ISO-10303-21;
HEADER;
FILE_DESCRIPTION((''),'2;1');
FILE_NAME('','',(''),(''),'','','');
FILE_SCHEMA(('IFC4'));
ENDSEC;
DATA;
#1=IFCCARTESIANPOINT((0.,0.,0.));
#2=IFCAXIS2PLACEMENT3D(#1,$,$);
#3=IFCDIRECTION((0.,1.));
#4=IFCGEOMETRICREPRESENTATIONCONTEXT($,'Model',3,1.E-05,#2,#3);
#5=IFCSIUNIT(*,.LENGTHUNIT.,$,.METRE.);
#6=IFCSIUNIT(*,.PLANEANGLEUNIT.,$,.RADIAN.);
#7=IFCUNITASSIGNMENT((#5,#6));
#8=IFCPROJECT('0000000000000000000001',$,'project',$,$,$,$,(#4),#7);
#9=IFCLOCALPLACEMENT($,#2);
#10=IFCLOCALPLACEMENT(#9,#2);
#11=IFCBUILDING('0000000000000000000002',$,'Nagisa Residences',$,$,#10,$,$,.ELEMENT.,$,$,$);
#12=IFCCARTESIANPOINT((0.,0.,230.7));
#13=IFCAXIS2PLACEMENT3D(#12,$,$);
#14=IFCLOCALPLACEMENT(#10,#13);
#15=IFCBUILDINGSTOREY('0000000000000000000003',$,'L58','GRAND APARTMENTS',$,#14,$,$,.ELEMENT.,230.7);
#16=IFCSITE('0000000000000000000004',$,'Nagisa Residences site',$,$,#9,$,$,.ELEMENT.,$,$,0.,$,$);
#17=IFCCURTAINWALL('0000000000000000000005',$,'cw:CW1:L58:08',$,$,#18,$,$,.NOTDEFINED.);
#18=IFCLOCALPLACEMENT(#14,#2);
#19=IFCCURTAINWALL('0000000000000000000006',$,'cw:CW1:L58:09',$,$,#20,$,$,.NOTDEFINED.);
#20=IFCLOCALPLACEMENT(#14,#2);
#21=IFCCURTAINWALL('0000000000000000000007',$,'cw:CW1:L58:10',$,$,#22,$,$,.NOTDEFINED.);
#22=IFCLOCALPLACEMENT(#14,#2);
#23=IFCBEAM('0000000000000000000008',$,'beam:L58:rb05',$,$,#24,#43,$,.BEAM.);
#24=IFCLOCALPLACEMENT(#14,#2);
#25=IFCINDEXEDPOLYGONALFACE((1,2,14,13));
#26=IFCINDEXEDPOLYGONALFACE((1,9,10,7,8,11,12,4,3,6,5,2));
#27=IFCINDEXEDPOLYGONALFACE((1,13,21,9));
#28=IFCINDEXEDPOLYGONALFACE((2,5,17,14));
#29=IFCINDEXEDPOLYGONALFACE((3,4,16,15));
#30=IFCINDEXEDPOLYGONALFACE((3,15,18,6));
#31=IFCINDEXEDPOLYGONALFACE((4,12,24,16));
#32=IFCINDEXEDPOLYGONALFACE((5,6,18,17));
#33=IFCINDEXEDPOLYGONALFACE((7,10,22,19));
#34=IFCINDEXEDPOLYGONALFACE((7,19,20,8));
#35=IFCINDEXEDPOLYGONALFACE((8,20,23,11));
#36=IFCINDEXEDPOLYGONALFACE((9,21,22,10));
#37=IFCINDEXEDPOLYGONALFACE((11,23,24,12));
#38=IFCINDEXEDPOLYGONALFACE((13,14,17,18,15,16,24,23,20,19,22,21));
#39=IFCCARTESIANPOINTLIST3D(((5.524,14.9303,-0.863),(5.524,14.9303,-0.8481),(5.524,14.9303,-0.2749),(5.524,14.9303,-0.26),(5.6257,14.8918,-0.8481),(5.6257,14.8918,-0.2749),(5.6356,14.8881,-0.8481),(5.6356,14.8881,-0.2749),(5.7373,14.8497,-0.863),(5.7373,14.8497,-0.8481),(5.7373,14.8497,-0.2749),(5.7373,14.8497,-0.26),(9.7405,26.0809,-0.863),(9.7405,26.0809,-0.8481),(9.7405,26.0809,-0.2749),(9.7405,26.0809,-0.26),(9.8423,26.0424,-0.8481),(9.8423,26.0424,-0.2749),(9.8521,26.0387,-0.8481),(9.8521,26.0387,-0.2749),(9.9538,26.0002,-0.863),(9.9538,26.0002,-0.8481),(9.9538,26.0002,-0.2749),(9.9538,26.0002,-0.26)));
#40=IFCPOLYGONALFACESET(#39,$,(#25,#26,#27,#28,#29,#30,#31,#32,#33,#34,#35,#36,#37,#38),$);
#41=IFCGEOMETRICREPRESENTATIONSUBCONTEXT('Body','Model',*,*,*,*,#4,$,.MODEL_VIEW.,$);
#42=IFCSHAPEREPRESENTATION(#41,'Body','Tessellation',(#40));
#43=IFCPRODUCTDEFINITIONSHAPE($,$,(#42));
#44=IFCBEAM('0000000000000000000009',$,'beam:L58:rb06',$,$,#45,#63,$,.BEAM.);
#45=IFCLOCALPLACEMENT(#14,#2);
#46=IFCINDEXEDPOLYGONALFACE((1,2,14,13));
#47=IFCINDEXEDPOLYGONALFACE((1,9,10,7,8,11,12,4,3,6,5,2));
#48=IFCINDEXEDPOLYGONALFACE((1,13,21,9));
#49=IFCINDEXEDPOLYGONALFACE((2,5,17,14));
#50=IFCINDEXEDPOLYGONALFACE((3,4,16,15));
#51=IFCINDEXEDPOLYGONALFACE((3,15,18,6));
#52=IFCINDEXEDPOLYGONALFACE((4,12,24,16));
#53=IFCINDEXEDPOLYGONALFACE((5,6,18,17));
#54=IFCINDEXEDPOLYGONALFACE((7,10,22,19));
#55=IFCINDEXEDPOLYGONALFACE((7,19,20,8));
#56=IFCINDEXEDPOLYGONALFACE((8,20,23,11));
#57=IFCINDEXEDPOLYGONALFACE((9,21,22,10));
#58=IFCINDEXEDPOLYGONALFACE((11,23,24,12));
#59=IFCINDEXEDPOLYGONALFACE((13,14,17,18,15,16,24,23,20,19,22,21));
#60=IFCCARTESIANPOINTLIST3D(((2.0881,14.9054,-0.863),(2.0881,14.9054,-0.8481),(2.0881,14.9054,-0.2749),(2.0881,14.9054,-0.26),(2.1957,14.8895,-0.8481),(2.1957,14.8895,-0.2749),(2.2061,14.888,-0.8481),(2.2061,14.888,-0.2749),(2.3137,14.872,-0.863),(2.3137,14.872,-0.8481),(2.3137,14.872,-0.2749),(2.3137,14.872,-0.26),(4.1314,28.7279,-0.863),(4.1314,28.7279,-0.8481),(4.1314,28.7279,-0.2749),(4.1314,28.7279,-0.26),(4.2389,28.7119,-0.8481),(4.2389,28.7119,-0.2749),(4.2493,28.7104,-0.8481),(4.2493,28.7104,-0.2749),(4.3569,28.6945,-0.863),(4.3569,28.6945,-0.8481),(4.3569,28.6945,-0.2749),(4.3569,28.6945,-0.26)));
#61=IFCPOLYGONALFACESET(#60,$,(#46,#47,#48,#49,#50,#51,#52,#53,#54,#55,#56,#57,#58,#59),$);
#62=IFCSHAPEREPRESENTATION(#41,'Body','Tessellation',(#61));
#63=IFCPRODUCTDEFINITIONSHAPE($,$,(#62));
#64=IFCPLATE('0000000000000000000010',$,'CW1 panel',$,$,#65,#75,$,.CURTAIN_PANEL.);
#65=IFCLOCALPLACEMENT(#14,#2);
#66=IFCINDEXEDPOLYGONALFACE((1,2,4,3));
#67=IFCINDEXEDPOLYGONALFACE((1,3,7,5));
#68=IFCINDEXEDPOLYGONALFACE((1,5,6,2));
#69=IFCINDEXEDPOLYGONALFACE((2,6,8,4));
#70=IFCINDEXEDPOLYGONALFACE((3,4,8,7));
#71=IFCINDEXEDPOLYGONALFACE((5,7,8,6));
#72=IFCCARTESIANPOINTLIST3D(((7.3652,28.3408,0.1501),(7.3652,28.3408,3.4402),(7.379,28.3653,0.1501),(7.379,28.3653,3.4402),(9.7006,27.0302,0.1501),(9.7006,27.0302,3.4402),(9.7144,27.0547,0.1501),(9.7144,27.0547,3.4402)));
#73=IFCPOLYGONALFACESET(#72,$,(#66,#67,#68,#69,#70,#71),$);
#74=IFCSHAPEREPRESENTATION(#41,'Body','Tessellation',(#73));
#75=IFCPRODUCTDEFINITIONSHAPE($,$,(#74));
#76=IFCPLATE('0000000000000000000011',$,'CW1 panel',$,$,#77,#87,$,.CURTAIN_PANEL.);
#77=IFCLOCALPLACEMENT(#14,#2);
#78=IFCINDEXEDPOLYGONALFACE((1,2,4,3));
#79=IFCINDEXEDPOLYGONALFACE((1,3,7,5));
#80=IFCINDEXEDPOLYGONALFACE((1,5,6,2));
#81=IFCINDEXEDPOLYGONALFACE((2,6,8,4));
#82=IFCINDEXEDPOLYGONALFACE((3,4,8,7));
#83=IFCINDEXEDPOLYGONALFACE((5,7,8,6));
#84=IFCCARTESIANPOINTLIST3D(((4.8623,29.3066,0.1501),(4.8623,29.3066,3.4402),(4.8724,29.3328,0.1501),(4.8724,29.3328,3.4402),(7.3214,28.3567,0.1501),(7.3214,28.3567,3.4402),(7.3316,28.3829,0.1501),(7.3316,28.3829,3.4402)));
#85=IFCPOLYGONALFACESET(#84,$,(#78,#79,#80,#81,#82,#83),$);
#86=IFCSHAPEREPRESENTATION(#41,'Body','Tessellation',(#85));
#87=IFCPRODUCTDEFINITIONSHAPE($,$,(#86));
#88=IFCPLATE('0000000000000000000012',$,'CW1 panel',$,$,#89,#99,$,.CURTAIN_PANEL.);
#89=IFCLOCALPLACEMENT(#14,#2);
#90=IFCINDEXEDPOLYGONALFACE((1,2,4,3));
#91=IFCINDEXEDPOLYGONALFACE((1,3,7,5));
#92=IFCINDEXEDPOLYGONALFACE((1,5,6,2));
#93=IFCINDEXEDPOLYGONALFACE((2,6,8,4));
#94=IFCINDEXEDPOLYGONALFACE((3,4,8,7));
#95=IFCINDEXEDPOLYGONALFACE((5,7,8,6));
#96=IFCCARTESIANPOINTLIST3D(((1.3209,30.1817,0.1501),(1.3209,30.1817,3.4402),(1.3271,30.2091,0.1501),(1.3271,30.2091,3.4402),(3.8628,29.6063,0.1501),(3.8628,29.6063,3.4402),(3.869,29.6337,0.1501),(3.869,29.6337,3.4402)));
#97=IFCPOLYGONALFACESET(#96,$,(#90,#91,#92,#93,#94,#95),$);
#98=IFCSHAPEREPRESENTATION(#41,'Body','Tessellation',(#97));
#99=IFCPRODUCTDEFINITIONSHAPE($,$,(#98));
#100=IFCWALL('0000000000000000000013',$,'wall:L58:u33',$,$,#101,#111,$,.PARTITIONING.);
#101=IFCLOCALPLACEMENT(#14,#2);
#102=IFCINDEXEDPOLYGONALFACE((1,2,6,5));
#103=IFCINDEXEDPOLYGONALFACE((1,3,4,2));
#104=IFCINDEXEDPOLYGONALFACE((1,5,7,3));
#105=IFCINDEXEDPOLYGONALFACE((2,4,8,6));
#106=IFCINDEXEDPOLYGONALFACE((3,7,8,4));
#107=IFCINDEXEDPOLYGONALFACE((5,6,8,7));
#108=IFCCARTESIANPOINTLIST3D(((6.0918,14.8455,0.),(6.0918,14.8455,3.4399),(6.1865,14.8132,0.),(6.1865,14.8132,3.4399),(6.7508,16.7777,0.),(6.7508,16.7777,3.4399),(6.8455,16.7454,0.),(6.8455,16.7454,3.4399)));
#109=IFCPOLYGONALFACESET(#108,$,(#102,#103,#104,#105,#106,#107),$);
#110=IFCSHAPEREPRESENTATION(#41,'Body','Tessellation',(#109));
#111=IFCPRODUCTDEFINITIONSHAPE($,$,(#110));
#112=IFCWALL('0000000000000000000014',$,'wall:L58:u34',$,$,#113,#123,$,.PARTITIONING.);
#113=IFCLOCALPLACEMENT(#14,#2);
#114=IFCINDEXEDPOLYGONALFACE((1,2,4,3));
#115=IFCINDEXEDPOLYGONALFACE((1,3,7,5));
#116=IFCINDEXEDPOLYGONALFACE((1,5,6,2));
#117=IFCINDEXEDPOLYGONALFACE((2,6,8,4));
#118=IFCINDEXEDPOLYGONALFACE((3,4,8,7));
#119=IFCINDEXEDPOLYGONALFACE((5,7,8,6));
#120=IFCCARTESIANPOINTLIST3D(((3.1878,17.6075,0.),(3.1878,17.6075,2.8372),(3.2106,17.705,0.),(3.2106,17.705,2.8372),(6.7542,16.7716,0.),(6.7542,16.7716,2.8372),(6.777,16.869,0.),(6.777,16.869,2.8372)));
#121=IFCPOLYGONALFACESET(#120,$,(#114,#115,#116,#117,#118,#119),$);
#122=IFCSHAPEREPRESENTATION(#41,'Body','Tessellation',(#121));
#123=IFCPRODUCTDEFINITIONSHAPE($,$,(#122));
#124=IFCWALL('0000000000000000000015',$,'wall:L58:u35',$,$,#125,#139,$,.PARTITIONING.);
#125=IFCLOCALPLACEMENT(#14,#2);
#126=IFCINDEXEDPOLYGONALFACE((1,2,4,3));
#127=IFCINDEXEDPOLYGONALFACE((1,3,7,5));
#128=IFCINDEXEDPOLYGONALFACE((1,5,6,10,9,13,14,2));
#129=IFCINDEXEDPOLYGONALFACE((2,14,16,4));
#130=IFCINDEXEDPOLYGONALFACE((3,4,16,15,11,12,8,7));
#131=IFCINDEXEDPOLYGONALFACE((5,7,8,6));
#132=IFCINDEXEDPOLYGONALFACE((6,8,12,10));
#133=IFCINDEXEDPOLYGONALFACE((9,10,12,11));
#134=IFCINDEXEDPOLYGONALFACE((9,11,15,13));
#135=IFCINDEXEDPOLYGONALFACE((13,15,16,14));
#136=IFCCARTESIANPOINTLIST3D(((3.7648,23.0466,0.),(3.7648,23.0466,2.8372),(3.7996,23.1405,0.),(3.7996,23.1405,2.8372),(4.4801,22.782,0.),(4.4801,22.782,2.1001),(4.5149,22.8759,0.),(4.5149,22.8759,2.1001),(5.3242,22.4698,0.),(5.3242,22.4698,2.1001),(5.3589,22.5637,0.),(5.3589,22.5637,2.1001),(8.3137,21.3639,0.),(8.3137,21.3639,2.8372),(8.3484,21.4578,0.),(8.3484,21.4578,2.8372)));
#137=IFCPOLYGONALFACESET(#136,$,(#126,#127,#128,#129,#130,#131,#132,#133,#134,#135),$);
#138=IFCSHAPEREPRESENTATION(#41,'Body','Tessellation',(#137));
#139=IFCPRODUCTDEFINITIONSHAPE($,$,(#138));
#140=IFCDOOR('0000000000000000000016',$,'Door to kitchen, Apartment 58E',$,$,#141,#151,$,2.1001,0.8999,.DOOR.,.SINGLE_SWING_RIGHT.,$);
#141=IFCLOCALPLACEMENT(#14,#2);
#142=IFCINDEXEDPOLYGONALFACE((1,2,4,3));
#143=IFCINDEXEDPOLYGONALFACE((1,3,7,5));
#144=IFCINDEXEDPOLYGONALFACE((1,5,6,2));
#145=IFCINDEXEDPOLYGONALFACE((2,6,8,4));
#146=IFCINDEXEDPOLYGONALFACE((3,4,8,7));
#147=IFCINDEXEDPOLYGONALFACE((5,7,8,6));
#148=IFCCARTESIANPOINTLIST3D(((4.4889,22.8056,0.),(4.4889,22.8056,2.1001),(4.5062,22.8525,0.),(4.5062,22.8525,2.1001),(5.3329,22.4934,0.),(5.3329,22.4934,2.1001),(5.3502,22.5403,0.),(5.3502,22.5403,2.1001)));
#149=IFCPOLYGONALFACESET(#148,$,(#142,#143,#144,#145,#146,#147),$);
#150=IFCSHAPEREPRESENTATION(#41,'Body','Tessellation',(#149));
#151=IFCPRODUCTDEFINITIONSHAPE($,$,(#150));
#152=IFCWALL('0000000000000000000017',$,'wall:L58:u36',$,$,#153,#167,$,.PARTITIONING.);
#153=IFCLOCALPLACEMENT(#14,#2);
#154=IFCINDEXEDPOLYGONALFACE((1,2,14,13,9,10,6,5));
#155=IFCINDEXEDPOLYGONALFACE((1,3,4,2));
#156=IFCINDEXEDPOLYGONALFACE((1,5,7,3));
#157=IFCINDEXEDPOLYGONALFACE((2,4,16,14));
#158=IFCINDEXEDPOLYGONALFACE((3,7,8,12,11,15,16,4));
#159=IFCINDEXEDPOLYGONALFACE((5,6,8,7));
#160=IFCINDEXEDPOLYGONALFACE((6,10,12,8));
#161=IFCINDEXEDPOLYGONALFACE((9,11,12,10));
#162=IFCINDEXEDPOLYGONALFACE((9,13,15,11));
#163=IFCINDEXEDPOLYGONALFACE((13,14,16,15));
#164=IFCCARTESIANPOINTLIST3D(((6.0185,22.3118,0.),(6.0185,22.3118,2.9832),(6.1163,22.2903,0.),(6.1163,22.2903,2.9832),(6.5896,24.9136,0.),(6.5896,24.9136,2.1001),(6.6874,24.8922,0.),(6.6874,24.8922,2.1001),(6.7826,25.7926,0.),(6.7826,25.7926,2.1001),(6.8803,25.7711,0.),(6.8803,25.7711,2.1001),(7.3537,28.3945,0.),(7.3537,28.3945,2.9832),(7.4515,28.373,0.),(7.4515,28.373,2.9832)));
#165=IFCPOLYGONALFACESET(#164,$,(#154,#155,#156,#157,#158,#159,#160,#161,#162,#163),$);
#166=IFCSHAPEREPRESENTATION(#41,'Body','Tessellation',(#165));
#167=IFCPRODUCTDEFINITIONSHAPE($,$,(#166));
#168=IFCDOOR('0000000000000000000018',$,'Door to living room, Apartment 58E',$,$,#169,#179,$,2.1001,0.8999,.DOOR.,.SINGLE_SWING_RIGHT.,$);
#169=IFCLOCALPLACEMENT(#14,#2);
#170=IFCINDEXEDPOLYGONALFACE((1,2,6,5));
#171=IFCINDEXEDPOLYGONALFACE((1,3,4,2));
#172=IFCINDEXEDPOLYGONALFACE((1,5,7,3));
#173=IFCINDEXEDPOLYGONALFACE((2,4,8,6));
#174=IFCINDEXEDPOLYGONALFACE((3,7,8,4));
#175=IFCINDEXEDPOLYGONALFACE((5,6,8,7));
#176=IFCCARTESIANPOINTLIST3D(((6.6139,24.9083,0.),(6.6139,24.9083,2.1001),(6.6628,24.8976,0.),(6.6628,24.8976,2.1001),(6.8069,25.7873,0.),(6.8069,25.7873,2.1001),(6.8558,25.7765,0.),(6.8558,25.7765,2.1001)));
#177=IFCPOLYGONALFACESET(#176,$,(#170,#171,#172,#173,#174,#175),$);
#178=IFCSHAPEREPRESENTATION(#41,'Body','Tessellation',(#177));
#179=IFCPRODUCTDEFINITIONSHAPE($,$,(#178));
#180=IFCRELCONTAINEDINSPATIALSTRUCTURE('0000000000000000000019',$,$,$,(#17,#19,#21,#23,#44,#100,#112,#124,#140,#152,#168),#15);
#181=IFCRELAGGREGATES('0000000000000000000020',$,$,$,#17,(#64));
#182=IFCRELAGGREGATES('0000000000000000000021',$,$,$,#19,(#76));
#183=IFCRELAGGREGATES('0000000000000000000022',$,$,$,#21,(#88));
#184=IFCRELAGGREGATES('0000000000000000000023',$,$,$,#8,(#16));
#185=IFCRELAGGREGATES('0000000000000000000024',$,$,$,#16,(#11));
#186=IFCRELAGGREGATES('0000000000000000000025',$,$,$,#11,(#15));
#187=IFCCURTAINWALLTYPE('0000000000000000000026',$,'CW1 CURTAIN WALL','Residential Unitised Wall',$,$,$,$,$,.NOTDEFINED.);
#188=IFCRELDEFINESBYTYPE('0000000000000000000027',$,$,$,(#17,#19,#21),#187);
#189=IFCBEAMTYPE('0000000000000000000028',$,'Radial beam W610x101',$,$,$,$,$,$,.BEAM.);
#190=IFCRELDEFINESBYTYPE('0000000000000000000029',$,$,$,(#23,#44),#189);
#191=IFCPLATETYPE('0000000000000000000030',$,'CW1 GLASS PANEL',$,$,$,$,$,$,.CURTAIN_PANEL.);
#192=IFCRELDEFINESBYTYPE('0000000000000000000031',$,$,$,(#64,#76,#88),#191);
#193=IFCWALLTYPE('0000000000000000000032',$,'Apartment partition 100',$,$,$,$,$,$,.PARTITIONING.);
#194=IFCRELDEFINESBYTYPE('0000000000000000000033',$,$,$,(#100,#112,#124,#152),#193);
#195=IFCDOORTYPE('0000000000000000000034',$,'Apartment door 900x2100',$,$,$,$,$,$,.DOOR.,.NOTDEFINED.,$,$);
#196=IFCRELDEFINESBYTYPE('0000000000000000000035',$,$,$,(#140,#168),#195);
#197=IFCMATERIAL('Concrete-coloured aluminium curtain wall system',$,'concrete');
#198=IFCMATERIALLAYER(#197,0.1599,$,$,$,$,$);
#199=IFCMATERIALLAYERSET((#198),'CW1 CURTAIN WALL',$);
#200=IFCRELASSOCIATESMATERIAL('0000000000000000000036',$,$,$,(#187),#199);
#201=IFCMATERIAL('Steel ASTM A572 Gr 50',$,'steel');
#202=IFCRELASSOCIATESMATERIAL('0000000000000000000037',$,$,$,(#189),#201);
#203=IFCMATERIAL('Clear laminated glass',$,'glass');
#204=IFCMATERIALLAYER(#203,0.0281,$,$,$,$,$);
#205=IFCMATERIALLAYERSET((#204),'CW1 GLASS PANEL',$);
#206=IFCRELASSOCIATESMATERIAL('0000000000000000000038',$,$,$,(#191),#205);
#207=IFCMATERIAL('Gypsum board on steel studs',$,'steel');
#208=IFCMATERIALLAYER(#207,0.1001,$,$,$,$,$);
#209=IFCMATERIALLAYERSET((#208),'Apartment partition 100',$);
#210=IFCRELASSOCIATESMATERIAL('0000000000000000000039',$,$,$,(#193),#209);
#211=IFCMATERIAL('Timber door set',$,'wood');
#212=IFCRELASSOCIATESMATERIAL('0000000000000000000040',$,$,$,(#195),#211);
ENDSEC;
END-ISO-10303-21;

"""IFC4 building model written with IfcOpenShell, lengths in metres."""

from ifc_helpers import new_model, si_unit, direction, frame, frame_2d, origin, origin_2d, place, context, subcontext, project, spatial, rectangle, i_section, extrude, material, layer, layer_set, material_profile, profile_set, type_object, element, fill, aggregate, save


model = new_model("IFC4")

# Units and contexts
model_context = context("Model", 3, precision=1e-05, world=origin(), true_north=direction((0.0, 1.0)))
body_context = subcontext(model_context, "Body", "Model", "MODEL_VIEW")
ifc_project = project(units=[si_unit("LENGTHUNIT", "METRE"), si_unit("PLANEANGLEUNIT", "RADIAN")], contexts=[model_context])

# Site, building, storey
site_placement = place(None, origin())
site = spatial("IfcSite", under=ifc_project, at=site_placement, Name="Nagisa Residences site", CompositionType="ELEMENT", RefElevation=0.0)
building_placement = place(site_placement, origin())
building = spatial("IfcBuilding", under=site, at=building_placement, Name="Nagisa Residences", CompositionType="ELEMENT")
storey_placement = place(building_placement, frame((0.0, 0.0, 230.7)))
storey = spatial("IfcBuildingStorey", under=building, at=storey_placement, Name="L58", Description="GRAND APARTMENTS", CompositionType="ELEMENT", Elevation=230.7)

# Curtain walls
ifc_material_1 = material(Name="Concrete-coloured aluminium curtain wall system", Category="concrete")
ifc_layer_1 = layer(ifc_material_1, 0.1599)
ifc_layer_set_1 = layer_set([ifc_layer_1], Name="CW1 CURTAIN WALL")
curtain_wall_type = type_object("IfcCurtainWallType", Name="CW1 CURTAIN WALL", Description="Residential Unitised Wall", PredefinedType="NOTDEFINED", material=ifc_layer_set_1)
curtain_wall_1_placement = place(storey_placement, origin())
curtain_wall_1 = element("IfcCurtainWall", 1, at=curtain_wall_1_placement, inside=storey, type_object=curtain_wall_type, Name="cw:CW1:L58:08", PredefinedType="NOTDEFINED")
curtain_wall_2_placement = place(storey_placement, origin())
curtain_wall_2 = element("IfcCurtainWall", 2, at=curtain_wall_2_placement, inside=storey, type_object=curtain_wall_type, Name="cw:CW1:L58:09", PredefinedType="NOTDEFINED")
curtain_wall_3_placement = place(storey_placement, origin())
curtain_wall_3 = element("IfcCurtainWall", 3, at=curtain_wall_3_placement, inside=storey, type_object=curtain_wall_type, Name="cw:CW1:L58:10", PredefinedType="NOTDEFINED")

# Beams
ifc_material_2 = material(Name="Steel ASTM A572 Gr 50", Category="steel")
ifc_material_profile_1 = material_profile(ifc_material_2, i_section(OverallWidth=0.228, OverallDepth=0.603, WebThickness=0.0105, FlangeThickness=0.0149, at=origin_2d()), Name="W610x101")
ifc_profile_set_1 = profile_set([ifc_material_profile_1], Name="Steel ASTM A572 Gr 50")
beam_type_1 = type_object("IfcBeamType", Name="Radial beam W610x101", PredefinedType="BEAM", material=ifc_profile_set_1)
beam_1_placement = place(storey_placement, frame((9.8472, 26.0405, -0.5615), z_axis=(-0.353701, -0.935359, 0.0), x_axis=(0.935359, -0.353701, 0.0)))
element("IfcBeam", 4, at=beam_1_placement, inside=storey, type_object=beam_type_1, Name="beam:L58:rb05", PredefinedType="BEAM", context=body_context, shape_type="SweptSolid", body=[
    extrude(i_section(OverallWidth=0.228, OverallDepth=0.603, WebThickness=0.0105, FlangeThickness=0.0149, at=origin_2d()), origin(), (0.0, 0.0, 1.0), 11.9211),
])
beam_2_placement = place(storey_placement, frame((4.2441, 28.7112, -0.5615), z_axis=(-0.146229, -0.989251, 0.0), x_axis=(0.989251, -0.146229, 0.0)))
element("IfcBeam", 5, at=beam_2_placement, inside=storey, type_object=beam_type_1, Name="beam:L58:rb06", PredefinedType="BEAM", context=body_context, shape_type="SweptSolid", body=[
    extrude(i_section(OverallWidth=0.228, OverallDepth=0.603, WebThickness=0.0105, FlangeThickness=0.0149, at=origin_2d()), origin(), (0.0, 0.0, 1.0), 13.9727),
])

# Plates
ifc_material_3 = material(Name="Clear laminated glass", Category="glass")
ifc_layer_2 = layer(ifc_material_3, 0.0281)
ifc_layer_set_2 = layer_set([ifc_layer_2], Name="CW1 GLASS PANEL")
plate_type = type_object("IfcPlateType", Name="CW1 GLASS PANEL", PredefinedType="CURTAIN_PANEL", material=ifc_layer_set_2)
plate_1_placement = place(storey_placement, frame((8.5398, 27.6978, 0.1501), z_axis=(0.0, 0.0, 1.0), x_axis=(-0.872072, 0.489377, 0.0)))
plate_1 = element("IfcPlate", 6, at=plate_1_placement, type_object=plate_type, Name="CW1 panel", PredefinedType="CURTAIN_PANEL", context=body_context, shape_type="SweptSolid", body=[
    extrude(rectangle(XDim=2.678, YDim=0.0281, at=origin_2d()), origin(), (0.0, 0.0, 1.0), 3.29),
])
aggregate(curtain_wall_1, [plate_1])
plate_2_placement = place(storey_placement, frame((6.0969, 28.8447, 0.1501), z_axis=(0.0, 0.0, 1.0), x_axis=(-0.932826, 0.360328, 0.0)))
plate_2 = element("IfcPlate", 7, at=plate_2_placement, type_object=plate_type, Name="CW1 panel", PredefinedType="CURTAIN_PANEL", context=body_context, shape_type="SweptSolid", body=[
    extrude(rectangle(XDim=2.6362, YDim=0.0281, at=origin_2d()), origin(), (0.0, 0.0, 1.0), 3.29),
])
aggregate(curtain_wall_2, [plate_2])
plate_3_placement = place(storey_placement, frame((2.595, 29.9077, 0.1501), z_axis=(0.0, 0.0, 1.0), x_axis=(-0.975327, 0.220764, 0.0)))
plate_3 = element("IfcPlate", 8, at=plate_3_placement, type_object=plate_type, Name="CW1 panel", PredefinedType="CURTAIN_PANEL", context=body_context, shape_type="SweptSolid", body=[
    extrude(rectangle(XDim=2.6062, YDim=0.0281, at=origin_2d()), origin(), (0.0, 0.0, 1.0), 3.29),
])
aggregate(curtain_wall_3, [plate_3])

# Walls
ifc_material_4 = material(Name="Gypsum board on steel studs", Category="steel")
ifc_layer_3 = layer(ifc_material_4, 0.1001)
ifc_layer_set_3 = layer_set([ifc_layer_3], Name="Apartment partition 100")
wall_type = type_object("IfcWallType", Name="Apartment partition 100", PredefinedType="PARTITIONING", material=ifc_layer_set_3)
wall_1_placement = place(storey_placement, frame((6.1392, 14.8293, 0.0), z_axis=(0.0, 0.0, 1.0), x_axis=(0.322786, 0.946472, 0.0)))
element("IfcWall", 9, at=wall_1_placement, inside=storey, type_object=wall_type, Name="wall:L58:u33", PredefinedType="PARTITIONING", context=body_context, shape_type="SweptSolid", body=[
    extrude(rectangle(XDim=2.0415, YDim=0.1001, at=frame_2d((1.0208, 0.0))), origin(), (0.0, 0.0, 1.0), 3.4399),
])
wall_2_placement = place(storey_placement, frame((6.7656, 16.8203, 0.0), z_axis=(0.0, 0.0, 1.0), x_axis=(-0.973613, 0.228207, 0.0)))
element("IfcWall", 10, at=wall_2_placement, inside=storey, type_object=wall_type, Name="wall:L58:u34", PredefinedType="PARTITIONING", context=body_context, shape_type="SweptSolid", body=[
    extrude(rectangle(XDim=3.6631, YDim=0.1001, at=frame_2d((1.8315, 0.0))), origin(), (0.0, 0.0, 1.0), 2.8372),
])

# Walls, openings, doors
wall_3_placement = place(storey_placement, frame((8.3311, 21.4109, 0.0), z_axis=(0.0, 0.0, 1.0), x_axis=(-0.937892, 0.346927, 0.0)))
wall_3 = element("IfcWall", 11, at=wall_3_placement, inside=storey, type_object=wall_type, Name="wall:L58:u35", PredefinedType="PARTITIONING", context=body_context, shape_type="SweptSolid", body=[
    extrude(rectangle(XDim=4.8501, YDim=0.1001, at=frame_2d((2.425, 0.0))), origin(), (0.0, 0.0, 1.0), 2.8372),
])
opening_1_placement = place(wall_3_placement, frame((3.1875, 0.0, 0.0)))
opening_1 = element("IfcOpeningElement", 12, at=opening_1_placement, cuts=wall_3, PredefinedType="OPENING", context=body_context, shape_type="SweptSolid", body=[
    extrude(rectangle(XDim=0.8999, YDim=2.1001, at=frame_2d((0.45, 1.05))), frame((0.0, 0.0601, 0.0), z_axis=(0.0, -1.0, 0.0), x_axis=(1.0, 0.0, 0.0)), (0.0, 0.0, 1.0), 0.1201),
])
ifc_material_5 = material(Name="Timber door set", Category="wood")
door_type = type_object("IfcDoorType", Name="Apartment door 900x2100", OperationType="NOTDEFINED", PredefinedType="DOOR", material=ifc_material_5)
door_1_placement = place(opening_1_placement, origin())
door_1 = element("IfcDoor", 13, at=door_1_placement, inside=storey, type_object=door_type, Name="Door to kitchen, Apartment 58E", OperationType="SINGLE_SWING_RIGHT", OverallHeight=2.1001, OverallWidth=0.8999, PredefinedType="DOOR", context=body_context, shape_type="SweptSolid", body=[
    extrude(rectangle(XDim=0.8999, YDim=2.1001, at=frame_2d((0.45, 1.05))), frame((0.0, 0.0249, 0.0), z_axis=(0.0, -1.0, 0.0), x_axis=(1.0, 0.0, 0.0)), (0.0, 0.0, 1.0), 0.05),
])
fill(opening_1, door_1)
wall_4_placement = place(storey_placement, frame((6.0674, 22.301, 0.0), z_axis=(0.0, 0.0, 1.0), x_axis=(0.214402, 0.976746, 0.0)))
wall_4 = element("IfcWall", 14, at=wall_4_placement, inside=storey, type_object=wall_type, Name="wall:L58:u36", PredefinedType="PARTITIONING", context=body_context, shape_type="SweptSolid", body=[
    extrude(rectangle(XDim=6.2275, YDim=0.1001, at=frame_2d((3.1138, 0.0))), origin(), (0.0, 0.0, 1.0), 2.9832),
])
opening_2_placement = place(wall_4_placement, frame((2.6638, 0.0, 0.0)))
opening_2 = element("IfcOpeningElement", 15, at=opening_2_placement, cuts=wall_4, PredefinedType="OPENING", context=body_context, shape_type="SweptSolid", body=[
    extrude(rectangle(XDim=0.8999, YDim=2.1001, at=frame_2d((0.45, 1.05))), frame((0.0, 0.0601, 0.0), z_axis=(0.0, -1.0, 0.0), x_axis=(1.0, 0.0, 0.0)), (0.0, 0.0, 1.0), 0.1201),
])
door_2_placement = place(opening_2_placement, frame((0.8999, 0.0, 0.0), x_axis=(-1.0, 0.0, 0.0)))
door_2 = element("IfcDoor", 16, at=door_2_placement, inside=storey, type_object=door_type, Name="Door to living room, Apartment 58E", OperationType="SINGLE_SWING_RIGHT", OverallHeight=2.1001, OverallWidth=0.8999, PredefinedType="DOOR", context=body_context, shape_type="SweptSolid", body=[
    extrude(rectangle(XDim=0.8999, YDim=2.1001, at=frame_2d((0.45, 1.05))), frame((0.0, 0.0249, 0.0), z_axis=(0.0, -1.0, 0.0), x_axis=(1.0, 0.0, 0.0)), (0.0, 0.0, 1.0), 0.05),
])
fill(opening_2, door_2)

save(model, "model.ifc")
